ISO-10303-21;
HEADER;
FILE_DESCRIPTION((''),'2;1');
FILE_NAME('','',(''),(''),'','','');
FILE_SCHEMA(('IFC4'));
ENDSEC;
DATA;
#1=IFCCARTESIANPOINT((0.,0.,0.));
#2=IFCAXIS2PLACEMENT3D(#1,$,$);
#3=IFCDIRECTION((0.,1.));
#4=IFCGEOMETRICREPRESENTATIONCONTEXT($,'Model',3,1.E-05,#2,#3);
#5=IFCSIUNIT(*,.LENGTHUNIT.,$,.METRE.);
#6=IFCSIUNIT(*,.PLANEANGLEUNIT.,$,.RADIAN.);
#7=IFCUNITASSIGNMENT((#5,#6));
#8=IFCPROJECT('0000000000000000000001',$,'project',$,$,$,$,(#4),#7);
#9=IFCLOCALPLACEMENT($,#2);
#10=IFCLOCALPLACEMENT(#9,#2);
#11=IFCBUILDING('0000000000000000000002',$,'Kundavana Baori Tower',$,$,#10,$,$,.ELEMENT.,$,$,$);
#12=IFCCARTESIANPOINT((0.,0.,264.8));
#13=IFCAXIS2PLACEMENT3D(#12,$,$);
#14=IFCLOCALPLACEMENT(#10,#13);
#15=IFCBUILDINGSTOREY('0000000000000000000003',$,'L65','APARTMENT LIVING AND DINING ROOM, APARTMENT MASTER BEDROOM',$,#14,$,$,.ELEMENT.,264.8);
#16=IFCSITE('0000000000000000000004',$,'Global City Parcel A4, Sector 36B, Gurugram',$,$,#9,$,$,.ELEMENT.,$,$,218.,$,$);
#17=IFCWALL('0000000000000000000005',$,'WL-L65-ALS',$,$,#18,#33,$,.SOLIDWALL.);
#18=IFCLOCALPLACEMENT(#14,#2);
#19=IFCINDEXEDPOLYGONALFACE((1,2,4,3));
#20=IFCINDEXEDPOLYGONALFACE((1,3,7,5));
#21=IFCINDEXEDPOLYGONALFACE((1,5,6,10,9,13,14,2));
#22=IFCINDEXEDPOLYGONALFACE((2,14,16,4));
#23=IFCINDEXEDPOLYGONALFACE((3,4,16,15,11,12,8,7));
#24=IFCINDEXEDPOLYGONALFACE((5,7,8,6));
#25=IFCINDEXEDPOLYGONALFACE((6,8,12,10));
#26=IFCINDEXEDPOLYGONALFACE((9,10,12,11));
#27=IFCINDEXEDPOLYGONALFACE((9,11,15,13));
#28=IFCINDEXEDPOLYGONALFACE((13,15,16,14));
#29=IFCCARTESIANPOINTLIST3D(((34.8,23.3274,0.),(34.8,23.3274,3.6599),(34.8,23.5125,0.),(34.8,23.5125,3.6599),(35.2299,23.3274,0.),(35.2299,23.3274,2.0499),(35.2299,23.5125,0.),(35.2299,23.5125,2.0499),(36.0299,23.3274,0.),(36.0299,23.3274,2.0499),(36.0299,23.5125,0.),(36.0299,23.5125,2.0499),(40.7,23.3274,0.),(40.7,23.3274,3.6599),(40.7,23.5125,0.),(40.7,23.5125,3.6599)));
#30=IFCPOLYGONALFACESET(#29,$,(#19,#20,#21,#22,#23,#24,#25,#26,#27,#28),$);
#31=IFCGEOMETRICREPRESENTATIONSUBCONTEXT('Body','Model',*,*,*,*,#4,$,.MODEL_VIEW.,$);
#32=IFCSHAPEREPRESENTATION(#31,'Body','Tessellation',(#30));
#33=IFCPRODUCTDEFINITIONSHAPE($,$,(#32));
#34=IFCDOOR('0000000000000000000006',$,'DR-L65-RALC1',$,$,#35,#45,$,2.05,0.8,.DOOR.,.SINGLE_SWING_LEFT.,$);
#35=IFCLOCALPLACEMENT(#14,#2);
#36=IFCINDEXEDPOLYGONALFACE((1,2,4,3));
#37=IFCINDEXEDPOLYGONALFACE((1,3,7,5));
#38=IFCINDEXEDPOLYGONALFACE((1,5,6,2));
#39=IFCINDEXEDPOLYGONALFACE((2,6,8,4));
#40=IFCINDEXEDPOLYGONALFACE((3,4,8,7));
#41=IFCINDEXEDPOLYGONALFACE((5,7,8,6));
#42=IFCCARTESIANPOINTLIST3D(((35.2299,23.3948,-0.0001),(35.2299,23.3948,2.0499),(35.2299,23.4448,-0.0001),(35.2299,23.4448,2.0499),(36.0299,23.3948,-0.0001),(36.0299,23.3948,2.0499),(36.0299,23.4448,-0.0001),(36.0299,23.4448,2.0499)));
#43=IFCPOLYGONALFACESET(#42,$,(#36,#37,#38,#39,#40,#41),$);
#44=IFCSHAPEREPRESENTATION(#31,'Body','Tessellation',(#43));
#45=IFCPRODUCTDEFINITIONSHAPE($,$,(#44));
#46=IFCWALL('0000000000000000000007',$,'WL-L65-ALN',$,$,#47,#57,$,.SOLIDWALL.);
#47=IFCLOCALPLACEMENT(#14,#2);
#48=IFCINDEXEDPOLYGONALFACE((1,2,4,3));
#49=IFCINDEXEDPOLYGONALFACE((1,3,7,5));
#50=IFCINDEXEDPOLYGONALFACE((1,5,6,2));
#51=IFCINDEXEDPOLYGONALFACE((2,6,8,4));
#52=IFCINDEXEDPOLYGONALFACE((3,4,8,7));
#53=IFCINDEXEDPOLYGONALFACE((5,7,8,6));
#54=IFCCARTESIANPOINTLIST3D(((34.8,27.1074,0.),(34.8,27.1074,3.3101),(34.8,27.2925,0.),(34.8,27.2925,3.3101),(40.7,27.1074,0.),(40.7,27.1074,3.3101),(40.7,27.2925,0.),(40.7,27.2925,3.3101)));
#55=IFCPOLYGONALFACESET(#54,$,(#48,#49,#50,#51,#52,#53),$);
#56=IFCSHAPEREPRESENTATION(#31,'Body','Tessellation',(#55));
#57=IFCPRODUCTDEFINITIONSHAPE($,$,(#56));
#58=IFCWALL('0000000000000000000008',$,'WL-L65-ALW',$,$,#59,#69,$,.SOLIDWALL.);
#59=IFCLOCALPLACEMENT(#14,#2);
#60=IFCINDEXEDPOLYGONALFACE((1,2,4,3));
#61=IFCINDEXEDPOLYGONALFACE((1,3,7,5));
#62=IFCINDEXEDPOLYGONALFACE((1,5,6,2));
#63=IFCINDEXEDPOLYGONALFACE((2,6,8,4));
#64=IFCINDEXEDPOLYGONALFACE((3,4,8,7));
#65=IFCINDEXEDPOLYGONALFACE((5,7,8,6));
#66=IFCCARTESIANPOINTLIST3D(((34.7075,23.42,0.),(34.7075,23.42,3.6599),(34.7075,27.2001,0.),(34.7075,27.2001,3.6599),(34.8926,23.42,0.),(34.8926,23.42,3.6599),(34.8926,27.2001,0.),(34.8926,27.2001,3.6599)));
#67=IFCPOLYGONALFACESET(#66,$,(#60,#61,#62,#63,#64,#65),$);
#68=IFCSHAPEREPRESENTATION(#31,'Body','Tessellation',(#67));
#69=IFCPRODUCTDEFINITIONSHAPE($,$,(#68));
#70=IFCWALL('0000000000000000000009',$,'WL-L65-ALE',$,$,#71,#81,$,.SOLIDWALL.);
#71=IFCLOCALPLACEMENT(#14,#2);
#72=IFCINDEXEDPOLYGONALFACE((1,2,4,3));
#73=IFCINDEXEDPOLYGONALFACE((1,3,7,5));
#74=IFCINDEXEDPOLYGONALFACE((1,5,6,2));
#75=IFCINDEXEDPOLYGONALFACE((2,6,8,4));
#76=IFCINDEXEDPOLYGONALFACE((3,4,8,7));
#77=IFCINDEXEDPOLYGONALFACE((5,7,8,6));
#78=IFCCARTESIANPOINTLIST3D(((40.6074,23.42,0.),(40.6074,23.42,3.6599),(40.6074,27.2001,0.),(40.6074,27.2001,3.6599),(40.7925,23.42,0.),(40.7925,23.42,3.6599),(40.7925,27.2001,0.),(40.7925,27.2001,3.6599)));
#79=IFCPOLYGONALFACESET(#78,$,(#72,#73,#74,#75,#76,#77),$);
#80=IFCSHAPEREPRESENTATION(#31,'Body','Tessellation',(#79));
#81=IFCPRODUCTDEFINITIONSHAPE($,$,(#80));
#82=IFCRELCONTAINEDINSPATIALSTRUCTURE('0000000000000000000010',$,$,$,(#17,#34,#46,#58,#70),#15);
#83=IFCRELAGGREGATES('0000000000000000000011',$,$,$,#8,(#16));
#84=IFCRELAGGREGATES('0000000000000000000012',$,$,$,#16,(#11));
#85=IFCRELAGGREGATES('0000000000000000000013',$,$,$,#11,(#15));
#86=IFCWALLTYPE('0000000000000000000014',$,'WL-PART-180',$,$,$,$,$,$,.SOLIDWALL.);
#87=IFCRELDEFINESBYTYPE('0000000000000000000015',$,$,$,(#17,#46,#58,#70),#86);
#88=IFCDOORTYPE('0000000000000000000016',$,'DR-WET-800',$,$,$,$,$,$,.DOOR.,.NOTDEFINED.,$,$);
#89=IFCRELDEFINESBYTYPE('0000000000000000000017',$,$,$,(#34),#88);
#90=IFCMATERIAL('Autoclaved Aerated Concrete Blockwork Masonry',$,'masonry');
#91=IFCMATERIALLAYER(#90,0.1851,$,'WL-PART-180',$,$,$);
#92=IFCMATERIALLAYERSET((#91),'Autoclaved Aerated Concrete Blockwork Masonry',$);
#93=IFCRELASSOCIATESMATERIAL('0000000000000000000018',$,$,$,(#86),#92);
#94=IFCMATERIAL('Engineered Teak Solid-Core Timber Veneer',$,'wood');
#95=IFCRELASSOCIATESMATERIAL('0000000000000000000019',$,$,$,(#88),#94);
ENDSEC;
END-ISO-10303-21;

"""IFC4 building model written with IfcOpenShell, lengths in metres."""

from ifc_helpers import new_model, si_unit, direction, frame, frame_2d, origin, place, context, subcontext, project, spatial, rectangle, extrude, material, layer, layer_set, type_object, element, fill, save


model = new_model("IFC4")

# Units and contexts
model_context = context("Model", 3, precision=1e-05, world=origin(), true_north=direction((0.0, 1.0)))
body_context = subcontext(model_context, "Body", "Model", "MODEL_VIEW")
ifc_project = project(units=[si_unit("LENGTHUNIT", "METRE"), si_unit("PLANEANGLEUNIT", "RADIAN")], contexts=[model_context])

# Site, building, storey
site_placement = place(None, origin())
site = spatial("IfcSite", under=ifc_project, at=site_placement, Name="Global City Parcel A4, Sector 36B, Gurugram", CompositionType="ELEMENT", RefElevation=218.0)
building_placement = place(site_placement, origin())
building = spatial("IfcBuilding", under=site, at=building_placement, Name="Kundavana Baori Tower", CompositionType="ELEMENT")
storey_placement = place(building_placement, frame((0.0, 0.0, 264.8)))
storey = spatial("IfcBuildingStorey", under=building, at=storey_placement, Name="L65", Description="APARTMENT LIVING AND DINING ROOM, APARTMENT MASTER BEDROOM", CompositionType="ELEMENT", Elevation=264.8)

# Shared definitions
ifc_material_1 = material(Name="Autoclaved Aerated Concrete Blockwork Masonry", Category="masonry")
ifc_layer = layer(ifc_material_1, 0.1851, Name="WL-PART-180")
ifc_layer_set = layer_set([ifc_layer], Name="Autoclaved Aerated Concrete Blockwork Masonry")
wall_type = type_object("IfcWallType", Name="WL-PART-180", PredefinedType="SOLIDWALL", material=ifc_layer_set)

# Wall, opening, door
wall_1_placement = place(storey_placement, frame((34.8, 23.4199, 0.0), z_axis=(0.0, 0.0, 1.0), x_axis=(1.0, 0.0, 0.0)))
wall_1 = element("IfcWall", 1, at=wall_1_placement, inside=storey, type_object=wall_type, Name="WL-L65-ALS", PredefinedType="SOLIDWALL", context=body_context, shape_type="SweptSolid", body=[
    extrude(rectangle(XDim=5.8999, YDim=0.1851, at=frame_2d((2.95, 0.0))), origin(), (0.0, 0.0, 1.0), 3.6599),
])
opening_1_placement = place(wall_1_placement, frame((0.4299, 0.0, 0.0)))
opening_1 = element("IfcOpeningElement", 2, at=opening_1_placement, cuts=wall_1, PredefinedType="OPENING", context=body_context, shape_type="SweptSolid", body=[
    extrude(rectangle(XDim=0.8, YDim=2.05, at=frame_2d((0.3999, 1.0249))), frame((0.0, 0.1025, 0.0), z_axis=(0.0, -1.0, 0.0), x_axis=(1.0, 0.0, 0.0)), (0.0, 0.0, 1.0), 0.2051),
])
ifc_material_2 = material(Name="Engineered Teak Solid-Core Timber Veneer", Category="wood")
door_type_1 = type_object("IfcDoorType", Name="DR-WET-800", OperationType="NOTDEFINED", PredefinedType="DOOR", material=ifc_material_2)
door_1_placement = place(opening_1_placement, origin())
door_1 = element("IfcDoor", 3, at=door_1_placement, inside=storey, type_object=door_type_1, Name="DR-L65-RALC1", OperationType="SINGLE_SWING_LEFT", OverallHeight=2.05, OverallWidth=0.8, PredefinedType="DOOR", context=body_context, shape_type="SweptSolid", body=[
    extrude(rectangle(XDim=0.8, YDim=2.05, at=frame_2d((0.3999, 1.0249))), frame((0.0, 0.0249, 0.0), z_axis=(0.0, -1.0, 0.0), x_axis=(1.0, 0.0, 0.0)), (0.0, 0.0, 1.0), 0.05),
])
fill(opening_1, door_1)

# Walls
wall_2_placement = place(storey_placement, frame((34.8, 27.2, 0.0), z_axis=(0.0, 0.0, 1.0), x_axis=(1.0, 0.0, 0.0)))
element("IfcWall", 4, at=wall_2_placement, inside=storey, type_object=wall_type, Name="WL-L65-ALN", PredefinedType="SOLIDWALL", context=body_context, shape_type="SweptSolid", body=[
    extrude(rectangle(XDim=5.8999, YDim=0.1851, at=frame_2d((2.95, 0.0))), origin(), (0.0, 0.0, 1.0), 3.3101),
])
for number, where, z_axis, x_axis, name in (
    (5, (34.8, 23.4199, 0.0), (0.0, 0.0, 1.0), (0.0, 1.0, 0.0), "WL-L65-ALW"),
    (6, (40.7, 23.4199, 0.0), (0.0, 0.0, 1.0), (0.0, 1.0, 0.0), "WL-L65-ALE"),
):
    element("IfcWall", number, at=place(storey_placement, frame(where, z_axis=z_axis, x_axis=x_axis)), inside=storey, type_object=wall_type, Name=name, PredefinedType="SOLIDWALL", context=body_context, shape_type="SweptSolid", body=[
        extrude(rectangle(XDim=3.78, YDim=0.1851, at=frame_2d((1.8901, 0.0))), origin(), (0.0, 0.0, 1.0), 3.6599),
    ])

save(model, "model.ifc")
